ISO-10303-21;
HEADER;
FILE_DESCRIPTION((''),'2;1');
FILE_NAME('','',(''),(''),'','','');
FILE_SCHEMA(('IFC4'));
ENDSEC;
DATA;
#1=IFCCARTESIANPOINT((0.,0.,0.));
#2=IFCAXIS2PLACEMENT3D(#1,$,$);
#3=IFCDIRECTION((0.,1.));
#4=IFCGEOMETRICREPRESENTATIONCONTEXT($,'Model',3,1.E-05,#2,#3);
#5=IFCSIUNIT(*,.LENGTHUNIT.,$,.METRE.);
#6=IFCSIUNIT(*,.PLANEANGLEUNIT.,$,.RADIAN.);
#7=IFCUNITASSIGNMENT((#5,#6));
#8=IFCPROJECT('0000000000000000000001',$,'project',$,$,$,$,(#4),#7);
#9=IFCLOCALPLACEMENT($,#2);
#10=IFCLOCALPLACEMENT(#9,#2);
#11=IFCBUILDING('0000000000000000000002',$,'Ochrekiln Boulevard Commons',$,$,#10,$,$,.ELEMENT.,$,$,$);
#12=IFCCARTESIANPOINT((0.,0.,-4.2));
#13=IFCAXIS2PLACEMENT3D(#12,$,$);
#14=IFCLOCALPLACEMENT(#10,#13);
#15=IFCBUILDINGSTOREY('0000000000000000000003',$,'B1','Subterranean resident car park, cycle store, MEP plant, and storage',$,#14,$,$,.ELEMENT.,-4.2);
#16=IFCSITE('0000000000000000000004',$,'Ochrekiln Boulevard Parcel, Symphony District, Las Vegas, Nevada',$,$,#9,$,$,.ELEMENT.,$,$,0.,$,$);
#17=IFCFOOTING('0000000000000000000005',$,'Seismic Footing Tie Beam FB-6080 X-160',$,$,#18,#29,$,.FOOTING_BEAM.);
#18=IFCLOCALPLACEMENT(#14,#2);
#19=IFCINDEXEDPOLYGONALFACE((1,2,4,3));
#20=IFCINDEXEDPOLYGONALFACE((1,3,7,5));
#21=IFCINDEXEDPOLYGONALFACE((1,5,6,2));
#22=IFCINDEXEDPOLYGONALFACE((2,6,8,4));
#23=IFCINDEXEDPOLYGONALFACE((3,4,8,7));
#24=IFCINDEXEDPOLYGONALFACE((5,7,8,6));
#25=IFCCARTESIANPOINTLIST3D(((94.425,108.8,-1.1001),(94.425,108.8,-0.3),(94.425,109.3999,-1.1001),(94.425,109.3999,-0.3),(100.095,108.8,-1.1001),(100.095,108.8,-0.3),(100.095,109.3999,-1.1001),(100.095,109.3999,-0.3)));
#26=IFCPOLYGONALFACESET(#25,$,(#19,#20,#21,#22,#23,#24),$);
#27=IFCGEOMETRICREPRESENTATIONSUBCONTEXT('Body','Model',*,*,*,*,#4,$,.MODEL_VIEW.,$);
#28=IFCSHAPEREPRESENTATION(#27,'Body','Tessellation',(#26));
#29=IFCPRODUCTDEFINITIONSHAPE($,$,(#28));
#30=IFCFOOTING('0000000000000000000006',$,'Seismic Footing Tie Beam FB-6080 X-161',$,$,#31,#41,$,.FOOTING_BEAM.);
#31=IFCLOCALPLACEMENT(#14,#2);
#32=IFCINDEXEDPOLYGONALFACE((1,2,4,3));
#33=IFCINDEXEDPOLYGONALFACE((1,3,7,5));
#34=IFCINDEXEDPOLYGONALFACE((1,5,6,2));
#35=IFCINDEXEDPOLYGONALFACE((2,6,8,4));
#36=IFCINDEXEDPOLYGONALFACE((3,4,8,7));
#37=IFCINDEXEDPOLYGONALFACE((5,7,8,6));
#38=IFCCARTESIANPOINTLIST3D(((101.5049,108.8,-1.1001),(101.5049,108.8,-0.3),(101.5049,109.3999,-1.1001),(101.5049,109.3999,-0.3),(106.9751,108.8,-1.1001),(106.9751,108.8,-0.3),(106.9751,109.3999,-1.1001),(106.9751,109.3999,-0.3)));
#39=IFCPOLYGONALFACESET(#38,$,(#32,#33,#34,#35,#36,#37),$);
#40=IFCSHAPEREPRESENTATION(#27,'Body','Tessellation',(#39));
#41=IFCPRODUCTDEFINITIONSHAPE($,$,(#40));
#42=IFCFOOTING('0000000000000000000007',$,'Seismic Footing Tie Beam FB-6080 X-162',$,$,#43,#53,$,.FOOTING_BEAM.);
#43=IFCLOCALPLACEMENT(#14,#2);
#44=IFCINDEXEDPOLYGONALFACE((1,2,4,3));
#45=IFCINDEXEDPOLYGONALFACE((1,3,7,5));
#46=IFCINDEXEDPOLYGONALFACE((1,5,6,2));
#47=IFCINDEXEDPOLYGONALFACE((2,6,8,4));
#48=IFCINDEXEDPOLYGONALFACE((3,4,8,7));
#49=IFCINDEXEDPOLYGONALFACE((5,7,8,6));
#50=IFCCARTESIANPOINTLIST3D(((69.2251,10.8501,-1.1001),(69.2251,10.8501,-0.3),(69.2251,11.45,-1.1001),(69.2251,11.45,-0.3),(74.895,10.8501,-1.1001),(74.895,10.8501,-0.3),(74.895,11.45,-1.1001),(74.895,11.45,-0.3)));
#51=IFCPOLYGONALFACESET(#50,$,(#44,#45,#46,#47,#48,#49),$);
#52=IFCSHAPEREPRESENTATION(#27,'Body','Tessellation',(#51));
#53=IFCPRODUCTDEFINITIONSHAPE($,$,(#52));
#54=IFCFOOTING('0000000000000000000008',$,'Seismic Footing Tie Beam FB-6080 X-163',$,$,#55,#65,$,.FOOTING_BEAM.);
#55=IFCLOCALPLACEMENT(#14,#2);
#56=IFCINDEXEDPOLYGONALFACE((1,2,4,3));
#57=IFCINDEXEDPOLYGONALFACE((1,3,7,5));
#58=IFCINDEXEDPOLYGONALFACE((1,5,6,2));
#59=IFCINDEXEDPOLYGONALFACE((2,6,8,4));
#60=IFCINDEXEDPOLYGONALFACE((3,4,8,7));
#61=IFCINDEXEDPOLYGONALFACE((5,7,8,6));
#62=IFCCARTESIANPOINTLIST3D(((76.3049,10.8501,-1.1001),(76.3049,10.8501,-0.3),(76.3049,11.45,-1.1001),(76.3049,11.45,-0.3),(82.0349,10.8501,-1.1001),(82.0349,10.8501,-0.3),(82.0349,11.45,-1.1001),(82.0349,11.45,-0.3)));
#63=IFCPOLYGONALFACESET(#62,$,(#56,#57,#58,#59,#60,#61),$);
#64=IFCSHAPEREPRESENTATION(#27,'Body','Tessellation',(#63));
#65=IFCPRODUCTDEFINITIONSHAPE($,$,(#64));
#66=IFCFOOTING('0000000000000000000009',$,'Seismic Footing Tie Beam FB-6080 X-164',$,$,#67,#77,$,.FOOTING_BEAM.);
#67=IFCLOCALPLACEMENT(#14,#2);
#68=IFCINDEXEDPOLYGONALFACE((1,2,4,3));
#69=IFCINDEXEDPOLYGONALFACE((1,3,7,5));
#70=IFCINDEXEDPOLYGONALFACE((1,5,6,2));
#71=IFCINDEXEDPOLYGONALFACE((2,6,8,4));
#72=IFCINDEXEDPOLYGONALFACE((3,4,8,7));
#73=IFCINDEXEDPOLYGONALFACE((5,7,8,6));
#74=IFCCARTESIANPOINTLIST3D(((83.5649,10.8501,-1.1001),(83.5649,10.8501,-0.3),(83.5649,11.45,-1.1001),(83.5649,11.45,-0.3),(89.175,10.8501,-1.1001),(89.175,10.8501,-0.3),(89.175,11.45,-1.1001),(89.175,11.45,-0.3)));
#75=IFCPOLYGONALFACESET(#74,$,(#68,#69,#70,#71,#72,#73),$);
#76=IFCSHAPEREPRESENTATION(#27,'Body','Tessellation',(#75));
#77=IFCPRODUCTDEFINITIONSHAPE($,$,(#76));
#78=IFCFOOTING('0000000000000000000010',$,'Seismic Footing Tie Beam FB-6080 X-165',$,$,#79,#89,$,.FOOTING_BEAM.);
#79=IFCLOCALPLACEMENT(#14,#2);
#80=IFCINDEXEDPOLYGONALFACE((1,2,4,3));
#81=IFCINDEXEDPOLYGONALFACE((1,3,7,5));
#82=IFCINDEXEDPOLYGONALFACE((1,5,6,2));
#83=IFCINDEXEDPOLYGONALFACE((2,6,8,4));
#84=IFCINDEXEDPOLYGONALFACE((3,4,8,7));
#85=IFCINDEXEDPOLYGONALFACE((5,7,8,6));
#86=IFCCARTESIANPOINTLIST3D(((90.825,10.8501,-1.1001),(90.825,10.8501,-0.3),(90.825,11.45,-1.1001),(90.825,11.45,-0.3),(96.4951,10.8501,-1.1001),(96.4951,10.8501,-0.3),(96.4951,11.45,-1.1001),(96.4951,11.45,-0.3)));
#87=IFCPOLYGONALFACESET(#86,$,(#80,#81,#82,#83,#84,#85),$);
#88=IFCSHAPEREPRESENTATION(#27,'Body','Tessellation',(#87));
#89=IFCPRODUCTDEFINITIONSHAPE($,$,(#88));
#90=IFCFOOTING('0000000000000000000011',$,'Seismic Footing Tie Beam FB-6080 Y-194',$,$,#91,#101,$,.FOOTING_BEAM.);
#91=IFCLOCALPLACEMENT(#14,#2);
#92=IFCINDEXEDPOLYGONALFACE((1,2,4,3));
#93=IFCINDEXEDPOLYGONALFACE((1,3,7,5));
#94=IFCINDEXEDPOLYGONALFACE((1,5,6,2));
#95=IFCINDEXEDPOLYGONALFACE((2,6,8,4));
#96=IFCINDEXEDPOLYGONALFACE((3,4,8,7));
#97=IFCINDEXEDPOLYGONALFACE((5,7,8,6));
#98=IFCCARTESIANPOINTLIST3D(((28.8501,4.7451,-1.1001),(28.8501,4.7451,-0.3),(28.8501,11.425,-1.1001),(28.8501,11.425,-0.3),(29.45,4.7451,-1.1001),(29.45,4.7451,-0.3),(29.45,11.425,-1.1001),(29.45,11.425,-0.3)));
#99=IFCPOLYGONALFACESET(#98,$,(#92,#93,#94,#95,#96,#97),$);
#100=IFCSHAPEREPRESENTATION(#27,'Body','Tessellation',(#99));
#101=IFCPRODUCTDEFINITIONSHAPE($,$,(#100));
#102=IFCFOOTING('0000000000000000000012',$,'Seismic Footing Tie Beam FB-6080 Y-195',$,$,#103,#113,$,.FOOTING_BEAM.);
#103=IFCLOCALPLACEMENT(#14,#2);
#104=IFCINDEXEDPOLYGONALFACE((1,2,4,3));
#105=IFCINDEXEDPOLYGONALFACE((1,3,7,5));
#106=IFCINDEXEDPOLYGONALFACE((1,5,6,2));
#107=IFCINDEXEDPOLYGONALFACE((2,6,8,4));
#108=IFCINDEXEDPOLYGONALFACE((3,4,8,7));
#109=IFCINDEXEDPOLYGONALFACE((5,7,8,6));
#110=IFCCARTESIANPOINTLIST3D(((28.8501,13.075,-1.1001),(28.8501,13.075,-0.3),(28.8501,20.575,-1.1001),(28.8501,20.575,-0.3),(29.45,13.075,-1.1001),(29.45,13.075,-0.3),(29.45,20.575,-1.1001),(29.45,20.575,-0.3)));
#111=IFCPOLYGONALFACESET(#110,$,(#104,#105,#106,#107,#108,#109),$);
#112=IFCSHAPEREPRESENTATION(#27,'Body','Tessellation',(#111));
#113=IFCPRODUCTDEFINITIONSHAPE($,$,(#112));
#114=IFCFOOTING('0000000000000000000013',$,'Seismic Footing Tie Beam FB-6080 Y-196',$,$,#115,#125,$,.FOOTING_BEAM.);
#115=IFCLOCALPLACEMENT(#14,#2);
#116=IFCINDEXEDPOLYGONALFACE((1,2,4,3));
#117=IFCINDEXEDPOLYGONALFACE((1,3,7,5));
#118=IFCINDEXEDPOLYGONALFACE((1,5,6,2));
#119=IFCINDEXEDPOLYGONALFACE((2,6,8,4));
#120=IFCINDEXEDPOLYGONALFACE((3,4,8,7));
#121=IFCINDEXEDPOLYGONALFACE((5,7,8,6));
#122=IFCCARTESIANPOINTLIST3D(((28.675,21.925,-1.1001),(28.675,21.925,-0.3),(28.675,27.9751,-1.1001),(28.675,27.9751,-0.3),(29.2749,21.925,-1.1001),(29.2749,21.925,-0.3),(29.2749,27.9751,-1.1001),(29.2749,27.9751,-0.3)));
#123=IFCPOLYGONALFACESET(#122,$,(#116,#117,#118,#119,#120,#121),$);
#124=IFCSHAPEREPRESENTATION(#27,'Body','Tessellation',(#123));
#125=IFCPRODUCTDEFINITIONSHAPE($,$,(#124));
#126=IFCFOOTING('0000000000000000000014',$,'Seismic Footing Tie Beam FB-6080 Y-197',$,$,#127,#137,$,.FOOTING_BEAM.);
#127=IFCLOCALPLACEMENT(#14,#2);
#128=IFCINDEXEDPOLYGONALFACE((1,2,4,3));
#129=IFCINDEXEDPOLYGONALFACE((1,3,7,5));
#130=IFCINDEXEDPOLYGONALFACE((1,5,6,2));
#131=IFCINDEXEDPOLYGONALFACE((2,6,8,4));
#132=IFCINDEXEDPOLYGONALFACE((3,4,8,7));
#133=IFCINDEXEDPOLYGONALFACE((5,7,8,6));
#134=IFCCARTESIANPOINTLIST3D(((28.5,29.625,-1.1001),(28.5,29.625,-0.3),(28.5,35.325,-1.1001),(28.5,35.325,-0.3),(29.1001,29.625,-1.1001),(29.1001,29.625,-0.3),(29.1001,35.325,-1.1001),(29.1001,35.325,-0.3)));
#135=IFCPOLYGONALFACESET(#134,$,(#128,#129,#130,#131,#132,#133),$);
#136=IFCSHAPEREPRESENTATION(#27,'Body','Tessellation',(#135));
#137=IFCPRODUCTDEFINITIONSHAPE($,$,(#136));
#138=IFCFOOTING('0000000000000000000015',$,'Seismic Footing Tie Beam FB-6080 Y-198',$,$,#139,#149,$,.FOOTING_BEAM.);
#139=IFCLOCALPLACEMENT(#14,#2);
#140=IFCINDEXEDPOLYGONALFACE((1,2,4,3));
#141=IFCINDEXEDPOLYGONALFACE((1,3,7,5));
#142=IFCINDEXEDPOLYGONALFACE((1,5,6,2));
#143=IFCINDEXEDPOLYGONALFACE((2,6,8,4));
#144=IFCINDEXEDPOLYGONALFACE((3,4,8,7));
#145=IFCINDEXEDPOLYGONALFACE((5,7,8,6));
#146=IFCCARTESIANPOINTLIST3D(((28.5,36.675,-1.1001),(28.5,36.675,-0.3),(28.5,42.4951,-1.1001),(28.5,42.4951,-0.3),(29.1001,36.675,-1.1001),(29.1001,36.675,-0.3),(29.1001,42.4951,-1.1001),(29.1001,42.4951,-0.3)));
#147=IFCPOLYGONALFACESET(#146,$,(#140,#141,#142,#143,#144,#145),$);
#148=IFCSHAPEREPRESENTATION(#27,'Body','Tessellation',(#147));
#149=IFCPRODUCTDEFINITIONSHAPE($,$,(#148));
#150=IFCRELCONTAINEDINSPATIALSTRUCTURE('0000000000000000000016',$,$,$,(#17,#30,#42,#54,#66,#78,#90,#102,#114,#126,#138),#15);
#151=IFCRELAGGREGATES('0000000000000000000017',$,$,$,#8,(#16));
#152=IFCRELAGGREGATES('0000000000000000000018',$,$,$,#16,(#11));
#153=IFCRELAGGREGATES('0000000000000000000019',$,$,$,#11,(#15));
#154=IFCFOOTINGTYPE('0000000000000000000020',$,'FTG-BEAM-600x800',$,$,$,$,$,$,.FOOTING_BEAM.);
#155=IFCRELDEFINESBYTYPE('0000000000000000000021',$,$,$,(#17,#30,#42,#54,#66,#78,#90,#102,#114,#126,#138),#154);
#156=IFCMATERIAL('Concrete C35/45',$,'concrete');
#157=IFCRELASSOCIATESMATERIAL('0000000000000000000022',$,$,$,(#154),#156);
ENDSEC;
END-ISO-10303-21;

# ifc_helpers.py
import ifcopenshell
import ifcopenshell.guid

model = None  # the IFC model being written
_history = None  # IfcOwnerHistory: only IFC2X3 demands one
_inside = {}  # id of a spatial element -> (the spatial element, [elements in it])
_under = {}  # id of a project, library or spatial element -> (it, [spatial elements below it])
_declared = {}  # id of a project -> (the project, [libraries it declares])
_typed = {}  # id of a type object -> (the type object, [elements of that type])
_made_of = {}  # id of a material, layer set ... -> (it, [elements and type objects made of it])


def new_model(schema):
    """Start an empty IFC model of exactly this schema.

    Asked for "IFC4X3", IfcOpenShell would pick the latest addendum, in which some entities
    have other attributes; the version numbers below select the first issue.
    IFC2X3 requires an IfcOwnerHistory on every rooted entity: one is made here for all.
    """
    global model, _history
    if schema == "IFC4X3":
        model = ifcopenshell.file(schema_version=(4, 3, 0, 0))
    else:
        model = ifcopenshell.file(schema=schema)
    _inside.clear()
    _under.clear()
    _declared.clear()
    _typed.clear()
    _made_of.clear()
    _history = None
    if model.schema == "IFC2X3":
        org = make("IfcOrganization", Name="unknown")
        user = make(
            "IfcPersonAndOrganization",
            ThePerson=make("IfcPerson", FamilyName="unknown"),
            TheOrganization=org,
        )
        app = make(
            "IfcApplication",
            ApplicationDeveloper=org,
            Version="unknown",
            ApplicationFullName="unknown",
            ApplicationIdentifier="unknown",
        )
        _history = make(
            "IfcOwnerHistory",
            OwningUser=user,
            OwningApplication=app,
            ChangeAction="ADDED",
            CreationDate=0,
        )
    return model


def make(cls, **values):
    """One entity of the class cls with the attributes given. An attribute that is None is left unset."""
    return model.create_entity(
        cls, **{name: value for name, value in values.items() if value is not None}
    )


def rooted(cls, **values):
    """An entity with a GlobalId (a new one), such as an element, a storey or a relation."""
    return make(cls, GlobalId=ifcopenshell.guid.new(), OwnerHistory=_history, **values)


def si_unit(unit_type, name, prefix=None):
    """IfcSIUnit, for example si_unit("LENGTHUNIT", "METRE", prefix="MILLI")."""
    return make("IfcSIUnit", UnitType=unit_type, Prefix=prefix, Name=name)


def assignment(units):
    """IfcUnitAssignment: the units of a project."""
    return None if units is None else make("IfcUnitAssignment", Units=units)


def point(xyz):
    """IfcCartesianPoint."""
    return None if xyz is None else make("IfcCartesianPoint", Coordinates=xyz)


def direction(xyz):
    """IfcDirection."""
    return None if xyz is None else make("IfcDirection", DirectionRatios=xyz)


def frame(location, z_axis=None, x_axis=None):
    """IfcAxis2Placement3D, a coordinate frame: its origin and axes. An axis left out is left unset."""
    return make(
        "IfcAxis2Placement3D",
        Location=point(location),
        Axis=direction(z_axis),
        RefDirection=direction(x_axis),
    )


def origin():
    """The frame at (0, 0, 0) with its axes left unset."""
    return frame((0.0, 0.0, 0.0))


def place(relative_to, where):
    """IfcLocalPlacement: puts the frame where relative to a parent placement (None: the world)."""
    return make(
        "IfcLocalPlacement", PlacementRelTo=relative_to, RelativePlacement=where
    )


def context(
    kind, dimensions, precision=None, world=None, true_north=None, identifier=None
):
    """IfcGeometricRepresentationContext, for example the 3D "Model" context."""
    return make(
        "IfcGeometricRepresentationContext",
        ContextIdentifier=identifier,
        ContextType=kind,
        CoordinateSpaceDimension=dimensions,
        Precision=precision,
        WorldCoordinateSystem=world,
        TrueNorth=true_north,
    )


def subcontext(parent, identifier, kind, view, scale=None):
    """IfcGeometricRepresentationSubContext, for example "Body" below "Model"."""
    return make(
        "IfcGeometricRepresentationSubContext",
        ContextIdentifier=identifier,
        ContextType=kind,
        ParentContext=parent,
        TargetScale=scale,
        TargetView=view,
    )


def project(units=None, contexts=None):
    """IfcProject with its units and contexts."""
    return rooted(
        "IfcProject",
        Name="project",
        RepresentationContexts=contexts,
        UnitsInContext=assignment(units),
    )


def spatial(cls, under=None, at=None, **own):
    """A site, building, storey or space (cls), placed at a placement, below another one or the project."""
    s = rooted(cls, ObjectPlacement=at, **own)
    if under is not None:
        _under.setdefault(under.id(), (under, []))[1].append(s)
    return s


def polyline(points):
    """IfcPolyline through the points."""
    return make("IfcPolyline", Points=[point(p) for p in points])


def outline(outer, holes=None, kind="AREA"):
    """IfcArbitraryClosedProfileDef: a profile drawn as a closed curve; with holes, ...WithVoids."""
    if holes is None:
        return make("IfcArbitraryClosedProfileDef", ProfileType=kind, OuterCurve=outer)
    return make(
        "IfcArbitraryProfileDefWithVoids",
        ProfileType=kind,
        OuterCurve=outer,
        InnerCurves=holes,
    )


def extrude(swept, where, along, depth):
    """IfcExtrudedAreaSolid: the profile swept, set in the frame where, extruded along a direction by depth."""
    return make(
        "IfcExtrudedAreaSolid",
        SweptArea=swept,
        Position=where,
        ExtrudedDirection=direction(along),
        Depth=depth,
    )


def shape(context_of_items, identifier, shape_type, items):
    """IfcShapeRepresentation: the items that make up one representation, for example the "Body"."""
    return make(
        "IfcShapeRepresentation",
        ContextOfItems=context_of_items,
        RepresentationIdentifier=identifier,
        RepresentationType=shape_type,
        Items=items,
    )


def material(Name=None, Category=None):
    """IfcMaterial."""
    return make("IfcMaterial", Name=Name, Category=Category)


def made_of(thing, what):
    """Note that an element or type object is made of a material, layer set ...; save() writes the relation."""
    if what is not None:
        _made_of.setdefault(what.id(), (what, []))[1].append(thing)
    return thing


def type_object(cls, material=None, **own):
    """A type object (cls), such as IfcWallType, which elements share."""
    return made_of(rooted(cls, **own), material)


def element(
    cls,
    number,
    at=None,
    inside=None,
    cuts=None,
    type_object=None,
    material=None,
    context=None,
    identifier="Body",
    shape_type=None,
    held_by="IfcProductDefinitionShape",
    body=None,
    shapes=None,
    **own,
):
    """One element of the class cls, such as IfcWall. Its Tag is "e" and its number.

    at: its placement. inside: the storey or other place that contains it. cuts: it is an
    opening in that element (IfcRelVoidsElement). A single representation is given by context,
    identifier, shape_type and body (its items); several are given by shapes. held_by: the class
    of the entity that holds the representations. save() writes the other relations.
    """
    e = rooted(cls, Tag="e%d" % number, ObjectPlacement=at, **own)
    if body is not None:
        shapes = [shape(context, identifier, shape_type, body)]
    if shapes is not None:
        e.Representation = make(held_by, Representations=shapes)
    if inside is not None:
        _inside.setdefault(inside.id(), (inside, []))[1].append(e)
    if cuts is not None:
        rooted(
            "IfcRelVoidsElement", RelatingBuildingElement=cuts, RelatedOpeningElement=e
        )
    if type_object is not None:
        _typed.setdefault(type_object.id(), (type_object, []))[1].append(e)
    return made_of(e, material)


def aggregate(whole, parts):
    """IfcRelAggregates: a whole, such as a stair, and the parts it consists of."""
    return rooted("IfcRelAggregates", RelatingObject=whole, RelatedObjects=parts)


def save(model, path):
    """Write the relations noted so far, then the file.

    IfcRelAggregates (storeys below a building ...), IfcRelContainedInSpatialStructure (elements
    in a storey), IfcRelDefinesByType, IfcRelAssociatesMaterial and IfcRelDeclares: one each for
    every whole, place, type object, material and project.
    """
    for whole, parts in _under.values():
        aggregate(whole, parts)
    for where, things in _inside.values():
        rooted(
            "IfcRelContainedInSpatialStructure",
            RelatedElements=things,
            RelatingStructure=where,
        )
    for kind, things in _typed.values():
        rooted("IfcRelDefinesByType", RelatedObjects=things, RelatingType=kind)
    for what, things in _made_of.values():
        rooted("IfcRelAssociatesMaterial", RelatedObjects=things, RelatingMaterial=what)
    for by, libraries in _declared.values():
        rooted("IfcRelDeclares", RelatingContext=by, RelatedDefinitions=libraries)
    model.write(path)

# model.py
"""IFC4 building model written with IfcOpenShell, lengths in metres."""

from ifc_helpers import new_model, si_unit, direction, frame, origin, place, context, subcontext, project, spatial, polyline, outline, extrude, material, type_object, element, save


model = new_model("IFC4")

# Units and contexts
model_context = context("Model", 3, precision=1e-05, world=origin(), true_north=direction((0.0, 1.0)))
body_context = subcontext(model_context, "Body", "Model", "MODEL_VIEW")
ifc_project = project(units=[si_unit("LENGTHUNIT", "METRE"), si_unit("PLANEANGLEUNIT", "RADIAN")], contexts=[model_context])

# Site, building, storey
site_placement = place(None, origin())
site = spatial("IfcSite", under=ifc_project, at=site_placement, Name="Ochrekiln Boulevard Parcel, Symphony District, Las Vegas, Nevada", CompositionType="ELEMENT", RefElevation=0.0)
building_placement = place(site_placement, origin())
building = spatial("IfcBuilding", under=site, at=building_placement, Name="Ochrekiln Boulevard Commons", CompositionType="ELEMENT")
storey_placement = place(building_placement, frame((0.0, 0.0, -4.2)))
storey = spatial("IfcBuildingStorey", under=building, at=storey_placement, Name="B1", Description="Subterranean resident car park, cycle store, MEP plant, and storage", CompositionType="ELEMENT", Elevation=-4.2)

# Footings
ifc_material = material(Name="Concrete C35/45", Category="concrete")
footing_type = type_object("IfcFootingType", Name="FTG-BEAM-600x800", PredefinedType="FOOTING_BEAM", material=ifc_material)
footing_1_placement = place(storey_placement, frame((0.0, 0.0, -1.1001)))
element("IfcFooting", 1, at=footing_1_placement, inside=storey, type_object=footing_type, Name="Seismic Footing Tie Beam FB-6080 X-160", PredefinedType="FOOTING_BEAM", context=body_context, shape_type="SweptSolid", body=[
    extrude(outline(polyline([(94.425, 108.8), (100.095, 108.8), (100.095, 109.3999), (94.425, 109.3999), (94.425, 108.8)])), origin(), (0.0, 0.0, 1.0), 0.8),
])
footing_2_placement = place(storey_placement, frame((0.0, 0.0, -1.1001)))
element("IfcFooting", 2, at=footing_2_placement, inside=storey, type_object=footing_type, Name="Seismic Footing Tie Beam FB-6080 X-161", PredefinedType="FOOTING_BEAM", context=body_context, shape_type="SweptSolid", body=[
    extrude(outline(polyline([(101.5049, 108.8), (106.9751, 108.8), (106.9751, 109.3999), (101.5049, 109.3999), (101.5049, 108.8)])), origin(), (0.0, 0.0, 1.0), 0.8),
])
footing_3_placement = place(storey_placement, frame((0.0, 0.0, -1.1001)))
element("IfcFooting", 3, at=footing_3_placement, inside=storey, type_object=footing_type, Name="Seismic Footing Tie Beam FB-6080 X-162", PredefinedType="FOOTING_BEAM", context=body_context, shape_type="SweptSolid", body=[
    extrude(outline(polyline([(69.2251, 10.8501), (74.895, 10.8501), (74.895, 11.45), (69.2251, 11.45), (69.2251, 10.8501)])), origin(), (0.0, 0.0, 1.0), 0.8),
])
footing_4_placement = place(storey_placement, frame((0.0, 0.0, -1.1001)))
element("IfcFooting", 4, at=footing_4_placement, inside=storey, type_object=footing_type, Name="Seismic Footing Tie Beam FB-6080 X-163", PredefinedType="FOOTING_BEAM", context=body_context, shape_type="SweptSolid", body=[
    extrude(outline(polyline([(76.3049, 10.8501), (82.0349, 10.8501), (82.0349, 11.45), (76.3049, 11.45), (76.3049, 10.8501)])), origin(), (0.0, 0.0, 1.0), 0.8),
])
footing_5_placement = place(storey_placement, frame((0.0, 0.0, -1.1001)))
element("IfcFooting", 5, at=footing_5_placement, inside=storey, type_object=footing_type, Name="Seismic Footing Tie Beam FB-6080 X-164", PredefinedType="FOOTING_BEAM", context=body_context, shape_type="SweptSolid", body=[
    extrude(outline(polyline([(83.5649, 10.8501), (89.175, 10.8501), (89.175, 11.45), (83.5649, 11.45), (83.5649, 10.8501)])), origin(), (0.0, 0.0, 1.0), 0.8),
])
footing_6_placement = place(storey_placement, frame((0.0, 0.0, -1.1001)))
element("IfcFooting", 6, at=footing_6_placement, inside=storey, type_object=footing_type, Name="Seismic Footing Tie Beam FB-6080 X-165", PredefinedType="FOOTING_BEAM", context=body_context, shape_type="SweptSolid", body=[
    extrude(outline(polyline([(90.825, 10.8501), (96.4951, 10.8501), (96.4951, 11.45), (90.825, 11.45), (90.825, 10.8501)])), origin(), (0.0, 0.0, 1.0), 0.8),
])
footing_7_placement = place(storey_placement, frame((0.0, 0.0, -1.1001)))
element("IfcFooting", 7, at=footing_7_placement, inside=storey, type_object=footing_type, Name="Seismic Footing Tie Beam FB-6080 Y-194", PredefinedType="FOOTING_BEAM", context=body_context, shape_type="SweptSolid", body=[
    extrude(outline(polyline([(28.8501, 4.7451), (29.45, 4.7451), (29.45, 11.425), (28.8501, 11.425), (28.8501, 4.7451)])), origin(), (0.0, 0.0, 1.0), 0.8),
])
footing_8_placement = place(storey_placement, frame((0.0, 0.0, -1.1001)))
element("IfcFooting", 8, at=footing_8_placement, inside=storey, type_object=footing_type, Name="Seismic Footing Tie Beam FB-6080 Y-195", PredefinedType="FOOTING_BEAM", context=body_context, shape_type="SweptSolid", body=[
    extrude(outline(polyline([(28.8501, 13.075), (29.45, 13.075), (29.45, 20.575), (28.8501, 20.575), (28.8501, 13.075)])), origin(), (0.0, 0.0, 1.0), 0.8),
])
footing_9_placement = place(storey_placement, frame((0.0, 0.0, -1.1001)))
element("IfcFooting", 9, at=footing_9_placement, inside=storey, type_object=footing_type, Name="Seismic Footing Tie Beam FB-6080 Y-196", PredefinedType="FOOTING_BEAM", context=body_context, shape_type="SweptSolid", body=[
    extrude(outline(polyline([(28.675, 21.925), (29.2749, 21.925), (29.2749, 27.9751), (28.675, 27.9751), (28.675, 21.925)])), origin(), (0.0, 0.0, 1.0), 0.8),
])
footing_10_placement = place(storey_placement, frame((0.0, 0.0, -1.1001)))
element("IfcFooting", 10, at=footing_10_placement, inside=storey, type_object=footing_type, Name="Seismic Footing Tie Beam FB-6080 Y-197", PredefinedType="FOOTING_BEAM", context=body_context, shape_type="SweptSolid", body=[
    extrude(outline(polyline([(28.5, 29.625), (29.1001, 29.625), (29.1001, 35.325), (28.5, 35.325), (28.5, 29.625)])), origin(), (0.0, 0.0, 1.0), 0.8),
])
footing_11_placement = place(storey_placement, frame((0.0, 0.0, -1.1001)))
element("IfcFooting", 11, at=footing_11_placement, inside=storey, type_object=footing_type, Name="Seismic Footing Tie Beam FB-6080 Y-198", PredefinedType="FOOTING_BEAM", context=body_context, shape_type="SweptSolid", body=[
    extrude(outline(polyline([(28.5, 36.675), (29.1001, 36.675), (29.1001, 42.4951), (28.5, 42.4951), (28.5, 36.675)])), origin(), (0.0, 0.0, 1.0), 0.8),
])

save(model, "model.ifc")
